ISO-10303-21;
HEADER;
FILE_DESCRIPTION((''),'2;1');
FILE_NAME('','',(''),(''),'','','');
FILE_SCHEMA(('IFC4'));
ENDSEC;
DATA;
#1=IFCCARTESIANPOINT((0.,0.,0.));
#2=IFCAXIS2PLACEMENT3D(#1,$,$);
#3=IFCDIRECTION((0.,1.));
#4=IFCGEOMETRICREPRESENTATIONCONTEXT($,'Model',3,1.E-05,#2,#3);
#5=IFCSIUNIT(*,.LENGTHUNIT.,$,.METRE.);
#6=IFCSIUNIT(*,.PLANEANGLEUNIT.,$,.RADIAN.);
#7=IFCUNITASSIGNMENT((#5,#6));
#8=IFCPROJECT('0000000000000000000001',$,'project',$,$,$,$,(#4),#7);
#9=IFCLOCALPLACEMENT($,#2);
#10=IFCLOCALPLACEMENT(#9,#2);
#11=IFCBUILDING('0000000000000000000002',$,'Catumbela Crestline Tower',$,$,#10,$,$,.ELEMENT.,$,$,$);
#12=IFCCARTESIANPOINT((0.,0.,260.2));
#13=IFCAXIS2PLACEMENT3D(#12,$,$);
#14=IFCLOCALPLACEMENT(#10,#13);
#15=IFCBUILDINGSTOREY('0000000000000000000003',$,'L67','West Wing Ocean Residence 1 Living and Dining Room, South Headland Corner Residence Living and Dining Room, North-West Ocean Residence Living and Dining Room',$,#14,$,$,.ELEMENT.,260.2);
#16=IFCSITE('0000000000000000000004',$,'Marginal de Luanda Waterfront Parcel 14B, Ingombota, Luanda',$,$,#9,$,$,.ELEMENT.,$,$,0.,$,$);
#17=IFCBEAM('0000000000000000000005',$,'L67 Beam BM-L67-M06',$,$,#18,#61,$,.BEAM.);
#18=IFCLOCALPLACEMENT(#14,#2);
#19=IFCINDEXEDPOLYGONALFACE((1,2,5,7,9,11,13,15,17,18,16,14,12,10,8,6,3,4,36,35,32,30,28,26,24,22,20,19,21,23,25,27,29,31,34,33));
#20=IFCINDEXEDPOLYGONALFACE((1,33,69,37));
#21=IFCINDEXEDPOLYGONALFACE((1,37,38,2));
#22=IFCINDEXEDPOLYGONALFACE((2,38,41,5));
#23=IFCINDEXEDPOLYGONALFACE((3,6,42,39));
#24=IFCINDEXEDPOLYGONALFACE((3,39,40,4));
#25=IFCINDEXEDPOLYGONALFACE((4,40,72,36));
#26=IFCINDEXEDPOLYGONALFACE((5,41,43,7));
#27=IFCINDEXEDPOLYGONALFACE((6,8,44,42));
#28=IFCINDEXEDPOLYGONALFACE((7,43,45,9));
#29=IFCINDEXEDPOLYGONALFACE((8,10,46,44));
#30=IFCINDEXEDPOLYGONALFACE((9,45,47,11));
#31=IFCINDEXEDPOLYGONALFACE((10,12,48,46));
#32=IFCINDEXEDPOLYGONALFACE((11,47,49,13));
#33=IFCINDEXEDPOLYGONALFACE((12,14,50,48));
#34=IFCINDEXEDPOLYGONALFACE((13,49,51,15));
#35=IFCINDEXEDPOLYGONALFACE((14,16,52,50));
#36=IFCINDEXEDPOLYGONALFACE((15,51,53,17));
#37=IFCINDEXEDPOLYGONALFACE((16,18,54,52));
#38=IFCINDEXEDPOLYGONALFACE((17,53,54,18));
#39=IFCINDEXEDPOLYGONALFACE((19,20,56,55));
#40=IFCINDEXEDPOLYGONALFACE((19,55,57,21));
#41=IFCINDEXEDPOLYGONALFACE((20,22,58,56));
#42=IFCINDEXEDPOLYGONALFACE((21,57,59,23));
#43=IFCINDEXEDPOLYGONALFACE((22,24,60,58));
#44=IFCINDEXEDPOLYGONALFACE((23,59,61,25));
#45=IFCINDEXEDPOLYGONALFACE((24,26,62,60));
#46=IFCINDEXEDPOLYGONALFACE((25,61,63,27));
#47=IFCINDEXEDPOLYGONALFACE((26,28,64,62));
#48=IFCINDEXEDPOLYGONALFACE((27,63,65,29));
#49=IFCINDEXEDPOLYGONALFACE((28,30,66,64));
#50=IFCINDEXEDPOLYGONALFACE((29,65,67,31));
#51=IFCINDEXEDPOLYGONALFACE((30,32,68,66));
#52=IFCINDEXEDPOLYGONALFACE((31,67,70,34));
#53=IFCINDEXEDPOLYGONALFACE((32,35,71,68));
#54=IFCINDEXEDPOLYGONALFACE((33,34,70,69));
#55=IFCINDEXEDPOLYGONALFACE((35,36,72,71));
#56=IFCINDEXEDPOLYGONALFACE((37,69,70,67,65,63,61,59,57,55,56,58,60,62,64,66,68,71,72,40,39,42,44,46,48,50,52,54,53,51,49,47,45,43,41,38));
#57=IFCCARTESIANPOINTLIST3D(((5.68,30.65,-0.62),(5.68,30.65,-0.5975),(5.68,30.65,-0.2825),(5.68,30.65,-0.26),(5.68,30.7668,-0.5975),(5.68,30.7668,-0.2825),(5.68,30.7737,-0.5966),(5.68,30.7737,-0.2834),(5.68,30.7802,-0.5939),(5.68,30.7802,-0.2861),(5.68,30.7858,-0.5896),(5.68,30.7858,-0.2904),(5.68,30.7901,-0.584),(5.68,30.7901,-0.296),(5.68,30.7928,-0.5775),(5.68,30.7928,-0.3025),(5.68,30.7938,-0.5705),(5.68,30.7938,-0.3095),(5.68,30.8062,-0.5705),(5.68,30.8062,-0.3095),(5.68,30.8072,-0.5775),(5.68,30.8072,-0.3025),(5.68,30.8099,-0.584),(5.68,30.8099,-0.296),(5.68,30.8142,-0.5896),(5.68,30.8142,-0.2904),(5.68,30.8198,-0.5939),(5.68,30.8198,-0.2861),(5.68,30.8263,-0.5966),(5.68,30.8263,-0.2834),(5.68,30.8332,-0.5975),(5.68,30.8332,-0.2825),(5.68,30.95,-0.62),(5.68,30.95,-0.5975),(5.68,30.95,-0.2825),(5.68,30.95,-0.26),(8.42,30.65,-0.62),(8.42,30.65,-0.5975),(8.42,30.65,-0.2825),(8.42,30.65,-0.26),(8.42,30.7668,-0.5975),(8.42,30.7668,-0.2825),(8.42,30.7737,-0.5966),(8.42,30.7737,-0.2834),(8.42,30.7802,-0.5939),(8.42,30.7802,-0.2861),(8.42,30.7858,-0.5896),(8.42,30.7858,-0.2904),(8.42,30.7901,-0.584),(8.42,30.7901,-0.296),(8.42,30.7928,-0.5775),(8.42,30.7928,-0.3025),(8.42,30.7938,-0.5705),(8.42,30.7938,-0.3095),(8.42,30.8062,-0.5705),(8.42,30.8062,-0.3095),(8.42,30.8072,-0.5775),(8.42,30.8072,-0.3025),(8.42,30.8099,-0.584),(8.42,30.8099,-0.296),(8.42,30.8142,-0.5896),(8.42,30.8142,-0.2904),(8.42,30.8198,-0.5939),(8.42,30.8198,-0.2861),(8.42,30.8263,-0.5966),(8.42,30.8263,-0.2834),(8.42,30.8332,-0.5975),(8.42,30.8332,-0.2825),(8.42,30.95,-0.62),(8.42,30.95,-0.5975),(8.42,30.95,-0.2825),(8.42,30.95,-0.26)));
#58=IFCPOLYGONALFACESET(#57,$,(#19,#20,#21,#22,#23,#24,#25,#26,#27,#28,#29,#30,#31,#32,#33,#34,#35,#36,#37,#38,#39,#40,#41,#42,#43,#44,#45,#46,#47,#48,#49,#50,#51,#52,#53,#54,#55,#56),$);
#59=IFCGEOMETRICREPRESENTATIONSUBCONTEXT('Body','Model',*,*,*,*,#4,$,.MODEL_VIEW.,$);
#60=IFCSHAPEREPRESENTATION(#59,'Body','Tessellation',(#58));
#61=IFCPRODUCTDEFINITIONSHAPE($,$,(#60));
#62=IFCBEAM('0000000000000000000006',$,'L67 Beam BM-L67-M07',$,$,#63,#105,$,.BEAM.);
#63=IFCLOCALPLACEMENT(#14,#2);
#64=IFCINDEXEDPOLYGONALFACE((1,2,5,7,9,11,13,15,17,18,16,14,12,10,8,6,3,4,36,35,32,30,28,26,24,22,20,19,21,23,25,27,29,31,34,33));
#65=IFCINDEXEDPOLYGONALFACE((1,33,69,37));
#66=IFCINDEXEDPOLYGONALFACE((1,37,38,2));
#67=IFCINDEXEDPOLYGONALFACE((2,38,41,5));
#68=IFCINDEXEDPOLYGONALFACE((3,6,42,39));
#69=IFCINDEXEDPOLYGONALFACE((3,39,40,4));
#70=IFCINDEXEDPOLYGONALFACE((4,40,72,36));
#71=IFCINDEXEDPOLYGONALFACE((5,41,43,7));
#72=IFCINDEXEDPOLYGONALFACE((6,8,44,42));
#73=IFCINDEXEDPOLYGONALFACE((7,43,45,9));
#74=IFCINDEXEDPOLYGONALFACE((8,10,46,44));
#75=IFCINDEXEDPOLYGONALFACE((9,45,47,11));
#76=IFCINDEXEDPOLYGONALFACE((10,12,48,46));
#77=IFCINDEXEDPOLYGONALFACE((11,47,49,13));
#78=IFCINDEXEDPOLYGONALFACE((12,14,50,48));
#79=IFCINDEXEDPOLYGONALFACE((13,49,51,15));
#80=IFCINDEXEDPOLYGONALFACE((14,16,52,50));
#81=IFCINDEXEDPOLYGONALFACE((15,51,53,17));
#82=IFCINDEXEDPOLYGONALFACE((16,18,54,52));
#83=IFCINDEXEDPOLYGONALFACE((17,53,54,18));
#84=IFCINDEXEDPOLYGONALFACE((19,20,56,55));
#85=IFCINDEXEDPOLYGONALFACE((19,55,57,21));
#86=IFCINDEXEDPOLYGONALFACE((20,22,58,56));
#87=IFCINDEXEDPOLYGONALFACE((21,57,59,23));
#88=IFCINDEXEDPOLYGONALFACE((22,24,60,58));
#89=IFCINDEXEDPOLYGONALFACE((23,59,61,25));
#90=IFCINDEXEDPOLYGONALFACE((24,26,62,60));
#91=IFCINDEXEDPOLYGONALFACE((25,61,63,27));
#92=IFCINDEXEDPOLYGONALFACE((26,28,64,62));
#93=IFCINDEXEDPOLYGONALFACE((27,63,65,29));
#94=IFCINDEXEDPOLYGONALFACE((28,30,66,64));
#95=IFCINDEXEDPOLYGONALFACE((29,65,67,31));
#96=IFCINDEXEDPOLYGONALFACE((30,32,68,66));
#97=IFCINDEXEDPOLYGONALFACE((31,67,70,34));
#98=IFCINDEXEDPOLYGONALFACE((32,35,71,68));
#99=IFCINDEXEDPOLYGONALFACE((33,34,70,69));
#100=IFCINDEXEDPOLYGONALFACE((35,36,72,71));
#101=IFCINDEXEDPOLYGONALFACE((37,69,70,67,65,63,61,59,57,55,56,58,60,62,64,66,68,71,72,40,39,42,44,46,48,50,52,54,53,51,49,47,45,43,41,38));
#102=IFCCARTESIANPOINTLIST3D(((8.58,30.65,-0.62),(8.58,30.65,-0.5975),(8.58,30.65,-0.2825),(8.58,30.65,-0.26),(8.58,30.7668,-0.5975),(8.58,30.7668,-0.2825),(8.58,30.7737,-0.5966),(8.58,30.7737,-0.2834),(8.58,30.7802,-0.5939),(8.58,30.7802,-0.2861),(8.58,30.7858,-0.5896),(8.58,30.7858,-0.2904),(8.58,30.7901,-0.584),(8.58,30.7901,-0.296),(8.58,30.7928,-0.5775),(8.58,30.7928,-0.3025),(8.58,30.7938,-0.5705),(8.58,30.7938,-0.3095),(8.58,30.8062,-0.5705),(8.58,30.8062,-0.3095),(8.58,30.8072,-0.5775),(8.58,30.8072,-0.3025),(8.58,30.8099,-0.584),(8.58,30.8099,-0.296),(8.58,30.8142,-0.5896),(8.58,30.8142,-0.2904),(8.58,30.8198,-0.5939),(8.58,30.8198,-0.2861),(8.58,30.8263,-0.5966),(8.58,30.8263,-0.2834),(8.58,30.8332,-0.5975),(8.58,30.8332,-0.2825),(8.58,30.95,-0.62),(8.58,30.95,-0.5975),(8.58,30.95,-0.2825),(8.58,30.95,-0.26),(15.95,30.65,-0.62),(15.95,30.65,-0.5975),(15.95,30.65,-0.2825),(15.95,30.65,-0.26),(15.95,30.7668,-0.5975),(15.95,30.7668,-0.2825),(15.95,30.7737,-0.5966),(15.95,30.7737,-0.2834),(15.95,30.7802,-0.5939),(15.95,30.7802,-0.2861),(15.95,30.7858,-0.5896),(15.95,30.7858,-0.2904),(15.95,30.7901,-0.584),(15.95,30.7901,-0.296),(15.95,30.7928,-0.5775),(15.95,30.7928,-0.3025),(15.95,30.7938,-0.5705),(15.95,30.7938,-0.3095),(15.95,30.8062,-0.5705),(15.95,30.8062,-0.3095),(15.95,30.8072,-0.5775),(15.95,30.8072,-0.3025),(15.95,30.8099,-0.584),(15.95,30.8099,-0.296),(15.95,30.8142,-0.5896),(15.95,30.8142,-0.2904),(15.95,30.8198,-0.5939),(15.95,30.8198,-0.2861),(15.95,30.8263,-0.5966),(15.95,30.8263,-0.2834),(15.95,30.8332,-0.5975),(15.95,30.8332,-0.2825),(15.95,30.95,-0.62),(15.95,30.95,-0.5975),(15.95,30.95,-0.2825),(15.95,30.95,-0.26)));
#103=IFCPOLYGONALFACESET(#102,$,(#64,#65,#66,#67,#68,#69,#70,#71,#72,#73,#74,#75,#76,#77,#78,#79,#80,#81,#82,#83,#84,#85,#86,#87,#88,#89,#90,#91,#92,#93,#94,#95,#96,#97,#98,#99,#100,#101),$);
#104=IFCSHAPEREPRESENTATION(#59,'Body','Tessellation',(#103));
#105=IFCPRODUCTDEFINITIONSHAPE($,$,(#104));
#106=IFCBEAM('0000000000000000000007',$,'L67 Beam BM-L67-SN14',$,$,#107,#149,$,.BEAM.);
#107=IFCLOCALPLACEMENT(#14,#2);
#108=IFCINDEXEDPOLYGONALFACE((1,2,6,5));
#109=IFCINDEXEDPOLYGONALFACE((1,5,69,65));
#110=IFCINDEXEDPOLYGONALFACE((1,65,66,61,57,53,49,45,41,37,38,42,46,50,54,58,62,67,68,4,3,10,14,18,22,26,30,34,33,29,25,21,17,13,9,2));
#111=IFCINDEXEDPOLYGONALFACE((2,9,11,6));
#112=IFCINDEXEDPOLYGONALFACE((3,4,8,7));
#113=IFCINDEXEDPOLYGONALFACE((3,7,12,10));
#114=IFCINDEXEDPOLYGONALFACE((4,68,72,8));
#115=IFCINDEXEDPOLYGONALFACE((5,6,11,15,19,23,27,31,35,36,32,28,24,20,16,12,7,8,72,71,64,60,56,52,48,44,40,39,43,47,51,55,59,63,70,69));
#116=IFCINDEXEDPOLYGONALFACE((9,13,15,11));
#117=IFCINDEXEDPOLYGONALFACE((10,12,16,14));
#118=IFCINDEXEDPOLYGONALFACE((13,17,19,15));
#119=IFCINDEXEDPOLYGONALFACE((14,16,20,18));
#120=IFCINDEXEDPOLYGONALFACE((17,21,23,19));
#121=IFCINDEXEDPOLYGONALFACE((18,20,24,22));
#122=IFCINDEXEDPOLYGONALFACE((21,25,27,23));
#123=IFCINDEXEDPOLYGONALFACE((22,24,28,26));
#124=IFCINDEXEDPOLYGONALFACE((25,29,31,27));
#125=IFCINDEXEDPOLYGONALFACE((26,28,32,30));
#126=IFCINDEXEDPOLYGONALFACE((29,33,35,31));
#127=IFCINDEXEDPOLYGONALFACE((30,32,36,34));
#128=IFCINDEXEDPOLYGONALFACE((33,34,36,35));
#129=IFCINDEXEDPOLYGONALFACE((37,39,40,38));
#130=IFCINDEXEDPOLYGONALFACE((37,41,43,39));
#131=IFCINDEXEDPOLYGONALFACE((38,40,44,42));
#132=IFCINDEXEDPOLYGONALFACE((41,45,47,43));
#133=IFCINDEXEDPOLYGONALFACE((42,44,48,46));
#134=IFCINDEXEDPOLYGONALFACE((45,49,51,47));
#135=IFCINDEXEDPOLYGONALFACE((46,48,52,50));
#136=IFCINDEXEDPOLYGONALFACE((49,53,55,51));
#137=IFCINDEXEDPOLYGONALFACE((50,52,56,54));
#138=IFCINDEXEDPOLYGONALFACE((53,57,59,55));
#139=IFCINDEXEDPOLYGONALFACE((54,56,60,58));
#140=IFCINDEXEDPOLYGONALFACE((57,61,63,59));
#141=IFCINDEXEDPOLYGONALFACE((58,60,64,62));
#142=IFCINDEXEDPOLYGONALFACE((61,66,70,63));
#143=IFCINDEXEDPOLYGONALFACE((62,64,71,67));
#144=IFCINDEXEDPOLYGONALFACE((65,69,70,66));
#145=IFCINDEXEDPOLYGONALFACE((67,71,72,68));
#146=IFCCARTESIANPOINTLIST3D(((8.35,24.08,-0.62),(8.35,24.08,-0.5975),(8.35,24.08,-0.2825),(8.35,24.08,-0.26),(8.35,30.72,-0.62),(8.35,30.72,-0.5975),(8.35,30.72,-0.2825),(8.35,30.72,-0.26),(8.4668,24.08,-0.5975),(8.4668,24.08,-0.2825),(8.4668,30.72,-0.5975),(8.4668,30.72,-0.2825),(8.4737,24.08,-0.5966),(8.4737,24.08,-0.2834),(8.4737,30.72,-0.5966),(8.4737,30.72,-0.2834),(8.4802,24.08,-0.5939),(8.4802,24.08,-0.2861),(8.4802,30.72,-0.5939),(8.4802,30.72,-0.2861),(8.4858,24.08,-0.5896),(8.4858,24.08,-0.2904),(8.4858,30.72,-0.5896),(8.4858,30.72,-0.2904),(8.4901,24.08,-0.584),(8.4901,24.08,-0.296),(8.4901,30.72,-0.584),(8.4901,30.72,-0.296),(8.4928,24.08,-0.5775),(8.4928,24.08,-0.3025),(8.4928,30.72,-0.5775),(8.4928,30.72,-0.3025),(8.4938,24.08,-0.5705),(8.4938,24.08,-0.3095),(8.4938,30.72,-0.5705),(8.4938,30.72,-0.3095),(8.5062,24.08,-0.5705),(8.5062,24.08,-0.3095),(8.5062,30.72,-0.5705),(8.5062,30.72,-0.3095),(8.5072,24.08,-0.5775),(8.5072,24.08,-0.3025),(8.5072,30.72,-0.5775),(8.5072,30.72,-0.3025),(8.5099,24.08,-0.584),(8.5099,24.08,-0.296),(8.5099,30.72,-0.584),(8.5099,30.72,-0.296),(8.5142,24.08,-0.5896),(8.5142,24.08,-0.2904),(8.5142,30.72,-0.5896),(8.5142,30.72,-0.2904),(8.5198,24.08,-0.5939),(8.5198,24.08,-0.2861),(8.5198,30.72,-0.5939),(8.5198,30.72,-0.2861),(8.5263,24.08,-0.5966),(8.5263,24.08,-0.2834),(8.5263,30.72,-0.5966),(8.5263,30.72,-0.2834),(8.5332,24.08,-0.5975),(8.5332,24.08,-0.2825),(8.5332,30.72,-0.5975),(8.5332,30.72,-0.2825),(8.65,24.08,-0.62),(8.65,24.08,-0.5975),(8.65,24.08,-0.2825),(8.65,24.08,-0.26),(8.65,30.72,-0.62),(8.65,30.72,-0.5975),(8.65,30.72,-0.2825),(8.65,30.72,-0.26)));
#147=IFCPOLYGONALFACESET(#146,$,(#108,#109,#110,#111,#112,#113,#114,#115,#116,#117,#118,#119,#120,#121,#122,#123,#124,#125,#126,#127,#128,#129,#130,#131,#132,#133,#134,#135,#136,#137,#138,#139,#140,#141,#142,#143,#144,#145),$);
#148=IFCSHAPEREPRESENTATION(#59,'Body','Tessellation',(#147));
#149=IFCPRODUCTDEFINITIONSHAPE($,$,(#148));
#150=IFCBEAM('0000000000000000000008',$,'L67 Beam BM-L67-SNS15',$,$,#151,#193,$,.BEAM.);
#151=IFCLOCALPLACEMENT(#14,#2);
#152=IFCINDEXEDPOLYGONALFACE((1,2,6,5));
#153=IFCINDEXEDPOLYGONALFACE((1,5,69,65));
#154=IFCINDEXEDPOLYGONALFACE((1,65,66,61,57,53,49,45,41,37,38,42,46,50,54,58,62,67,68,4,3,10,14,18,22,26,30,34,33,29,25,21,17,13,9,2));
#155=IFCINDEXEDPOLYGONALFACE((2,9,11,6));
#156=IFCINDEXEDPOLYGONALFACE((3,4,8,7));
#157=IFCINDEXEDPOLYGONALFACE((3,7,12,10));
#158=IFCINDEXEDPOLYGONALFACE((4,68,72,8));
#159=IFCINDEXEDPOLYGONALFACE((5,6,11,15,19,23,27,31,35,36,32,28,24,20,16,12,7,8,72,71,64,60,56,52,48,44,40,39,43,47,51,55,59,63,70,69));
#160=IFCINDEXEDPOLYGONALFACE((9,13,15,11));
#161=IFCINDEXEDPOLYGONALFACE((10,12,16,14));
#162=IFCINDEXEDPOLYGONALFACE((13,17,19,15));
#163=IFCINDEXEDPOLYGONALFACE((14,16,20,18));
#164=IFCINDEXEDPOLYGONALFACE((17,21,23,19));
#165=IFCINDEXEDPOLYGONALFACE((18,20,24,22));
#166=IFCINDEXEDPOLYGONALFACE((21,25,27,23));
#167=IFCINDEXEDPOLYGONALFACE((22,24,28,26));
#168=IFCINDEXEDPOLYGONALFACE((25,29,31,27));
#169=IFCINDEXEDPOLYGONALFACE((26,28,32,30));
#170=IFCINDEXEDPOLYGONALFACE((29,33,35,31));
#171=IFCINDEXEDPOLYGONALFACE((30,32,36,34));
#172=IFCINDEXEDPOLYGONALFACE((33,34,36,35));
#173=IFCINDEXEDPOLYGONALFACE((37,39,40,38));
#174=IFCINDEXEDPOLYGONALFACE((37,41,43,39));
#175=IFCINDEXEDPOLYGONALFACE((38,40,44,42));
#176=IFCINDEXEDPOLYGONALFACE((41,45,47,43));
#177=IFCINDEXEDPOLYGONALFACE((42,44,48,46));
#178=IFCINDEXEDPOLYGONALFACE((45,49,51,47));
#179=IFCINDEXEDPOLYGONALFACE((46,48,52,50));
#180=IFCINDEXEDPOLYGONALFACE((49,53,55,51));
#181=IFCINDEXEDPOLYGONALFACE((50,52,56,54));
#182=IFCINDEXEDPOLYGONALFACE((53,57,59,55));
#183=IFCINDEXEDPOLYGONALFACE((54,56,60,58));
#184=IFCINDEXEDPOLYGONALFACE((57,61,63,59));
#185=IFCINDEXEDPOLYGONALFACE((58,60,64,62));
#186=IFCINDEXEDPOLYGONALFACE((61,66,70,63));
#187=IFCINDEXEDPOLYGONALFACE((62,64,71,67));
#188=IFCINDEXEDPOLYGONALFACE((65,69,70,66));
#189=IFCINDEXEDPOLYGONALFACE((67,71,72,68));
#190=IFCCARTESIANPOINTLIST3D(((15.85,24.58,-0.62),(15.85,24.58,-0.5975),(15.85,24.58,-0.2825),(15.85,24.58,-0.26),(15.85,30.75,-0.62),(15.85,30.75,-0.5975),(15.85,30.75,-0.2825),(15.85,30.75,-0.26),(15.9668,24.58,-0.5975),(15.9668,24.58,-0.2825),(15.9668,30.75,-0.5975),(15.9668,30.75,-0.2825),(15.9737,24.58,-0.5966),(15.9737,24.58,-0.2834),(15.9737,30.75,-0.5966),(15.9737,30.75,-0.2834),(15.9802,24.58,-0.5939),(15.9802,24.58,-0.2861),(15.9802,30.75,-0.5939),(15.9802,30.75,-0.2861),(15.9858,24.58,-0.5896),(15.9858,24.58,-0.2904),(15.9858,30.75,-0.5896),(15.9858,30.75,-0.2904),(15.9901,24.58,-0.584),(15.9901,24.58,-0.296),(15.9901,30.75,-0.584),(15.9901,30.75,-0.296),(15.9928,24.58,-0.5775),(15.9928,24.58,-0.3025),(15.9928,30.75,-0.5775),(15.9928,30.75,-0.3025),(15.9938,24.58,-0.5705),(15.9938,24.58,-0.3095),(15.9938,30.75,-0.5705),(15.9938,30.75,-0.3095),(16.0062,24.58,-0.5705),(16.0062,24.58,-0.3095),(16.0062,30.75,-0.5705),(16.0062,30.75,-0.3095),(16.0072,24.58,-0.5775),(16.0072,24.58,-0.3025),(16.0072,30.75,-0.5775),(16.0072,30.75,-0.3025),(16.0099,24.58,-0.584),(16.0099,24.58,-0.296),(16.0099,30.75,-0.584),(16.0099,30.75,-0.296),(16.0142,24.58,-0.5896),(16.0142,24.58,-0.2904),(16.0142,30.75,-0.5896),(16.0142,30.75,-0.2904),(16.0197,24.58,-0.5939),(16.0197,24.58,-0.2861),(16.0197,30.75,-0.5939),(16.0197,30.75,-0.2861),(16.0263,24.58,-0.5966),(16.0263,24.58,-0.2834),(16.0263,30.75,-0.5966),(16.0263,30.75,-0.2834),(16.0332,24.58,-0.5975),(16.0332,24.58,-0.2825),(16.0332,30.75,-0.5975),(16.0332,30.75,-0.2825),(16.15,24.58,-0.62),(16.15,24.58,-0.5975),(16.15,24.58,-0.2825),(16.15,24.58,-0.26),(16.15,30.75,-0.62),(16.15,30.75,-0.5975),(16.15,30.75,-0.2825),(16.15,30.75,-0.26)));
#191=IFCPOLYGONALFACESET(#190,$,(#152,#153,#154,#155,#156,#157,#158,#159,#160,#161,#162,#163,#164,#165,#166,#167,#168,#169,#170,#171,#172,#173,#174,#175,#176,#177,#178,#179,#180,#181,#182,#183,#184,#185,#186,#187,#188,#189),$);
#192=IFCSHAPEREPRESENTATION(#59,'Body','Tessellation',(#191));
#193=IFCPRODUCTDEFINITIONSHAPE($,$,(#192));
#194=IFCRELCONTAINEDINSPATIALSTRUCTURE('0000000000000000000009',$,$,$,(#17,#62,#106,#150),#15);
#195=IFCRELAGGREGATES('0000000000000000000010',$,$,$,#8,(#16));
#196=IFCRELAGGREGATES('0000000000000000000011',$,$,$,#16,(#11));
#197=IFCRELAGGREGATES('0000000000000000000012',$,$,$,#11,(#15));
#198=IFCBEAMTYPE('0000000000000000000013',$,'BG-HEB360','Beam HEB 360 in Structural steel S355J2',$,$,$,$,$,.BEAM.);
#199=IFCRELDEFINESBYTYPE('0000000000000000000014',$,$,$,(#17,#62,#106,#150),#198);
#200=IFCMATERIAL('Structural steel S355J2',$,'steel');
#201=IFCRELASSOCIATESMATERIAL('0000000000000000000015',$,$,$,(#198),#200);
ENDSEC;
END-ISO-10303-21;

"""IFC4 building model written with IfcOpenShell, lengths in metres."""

from ifc_helpers import new_model, si_unit, direction, frame, origin, origin_2d, place, context, subcontext, project, spatial, i_section, extrude, material, material_profile, profile_set, type_object, element, save


model = new_model("IFC4")

# Units and contexts
model_context = context("Model", 3, precision=1e-05, world=origin(), true_north=direction((0.0, 1.0)))
body_context = subcontext(model_context, "Body", "Model", "MODEL_VIEW")
ifc_project = project(units=[si_unit("LENGTHUNIT", "METRE"), si_unit("PLANEANGLEUNIT", "RADIAN")], contexts=[model_context])

# Site, building, storey
site_placement = place(None, origin())
site = spatial("IfcSite", under=ifc_project, at=site_placement, Name="Marginal de Luanda Waterfront Parcel 14B, Ingombota, Luanda", CompositionType="ELEMENT", RefElevation=0.0)
building_placement = place(site_placement, origin())
building = spatial("IfcBuilding", under=site, at=building_placement, Name="Catumbela Crestline Tower", CompositionType="ELEMENT")
storey_placement = place(building_placement, frame((0.0, 0.0, 260.2)))
storey = spatial("IfcBuildingStorey", under=building, at=storey_placement, Name="L67", Description="West Wing Ocean Residence 1 Living and Dining Room, South Headland Corner Residence Living and Dining Room, North-West Ocean Residence Living and Dining Room", CompositionType="ELEMENT", Elevation=260.2)

# Beams
ifc_material_1 = material(Name="Structural steel S355J2", Category="steel")
ifc_material_profile_1 = material_profile(ifc_material_1, i_section(OverallWidth=0.3, OverallDepth=0.36, WebThickness=0.0125, FlangeThickness=0.0225, FilletRadius=0.027, at=origin_2d()), Name="HEB 360")
ifc_profile_set_1 = profile_set([ifc_material_profile_1], Name="Structural steel S355J2")
beam_type_1 = type_object("IfcBeamType", Name="BG-HEB360", Description="Beam HEB 360 in Structural steel S355J2", PredefinedType="BEAM", material=ifc_profile_set_1)
beam_1_placement = place(storey_placement, frame((5.68, 30.8, -0.44), z_axis=(1.0, 0.0, 0.0), x_axis=(0.0, 1.0, 0.0)))
element("IfcBeam", 1, at=beam_1_placement, inside=storey, type_object=beam_type_1, Name="L67 Beam BM-L67-M06", PredefinedType="BEAM", context=body_context, shape_type="SweptSolid", body=[
    extrude(i_section(OverallWidth=0.3, OverallDepth=0.36, WebThickness=0.0125, FlangeThickness=0.0225, FilletRadius=0.027, at=origin_2d()), origin(), (0.0, 0.0, 1.0), 2.74),
])
beam_2_placement = place(storey_placement, frame((8.58, 30.8, -0.44), z_axis=(1.0, 0.0, 0.0), x_axis=(0.0, 1.0, 0.0)))
element("IfcBeam", 2, at=beam_2_placement, inside=storey, type_object=beam_type_1, Name="L67 Beam BM-L67-M07", PredefinedType="BEAM", context=body_context, shape_type="SweptSolid", body=[
    extrude(i_section(OverallWidth=0.3, OverallDepth=0.36, WebThickness=0.0125, FlangeThickness=0.0225, FilletRadius=0.027, at=origin_2d()), origin(), (0.0, 0.0, 1.0), 7.37),
])
beam_3_placement = place(storey_placement, frame((8.5, 24.08, -0.44), z_axis=(0.0, 1.0, 0.0), x_axis=(-1.0, 0.0, 0.0)))
element("IfcBeam", 3, at=beam_3_placement, inside=storey, type_object=beam_type_1, Name="L67 Beam BM-L67-SN14", PredefinedType="BEAM", context=body_context, shape_type="SweptSolid", body=[
    extrude(i_section(OverallWidth=0.3, OverallDepth=0.36, WebThickness=0.0125, FlangeThickness=0.0225, FilletRadius=0.027, at=origin_2d()), origin(), (0.0, 0.0, 1.0), 6.64),
])
beam_4_placement = place(storey_placement, frame((16.0, 24.58, -0.44), z_axis=(0.0, 1.0, 0.0), x_axis=(-1.0, 0.0, 0.0)))
element("IfcBeam", 4, at=beam_4_placement, inside=storey, type_object=beam_type_1, Name="L67 Beam BM-L67-SNS15", PredefinedType="BEAM", context=body_context, shape_type="SweptSolid", body=[
    extrude(i_section(OverallWidth=0.3, OverallDepth=0.36, WebThickness=0.0125, FlangeThickness=0.0225, FilletRadius=0.027, at=origin_2d()), origin(), (0.0, 0.0, 1.0), 6.17),
])

save(model, "model.ifc")
